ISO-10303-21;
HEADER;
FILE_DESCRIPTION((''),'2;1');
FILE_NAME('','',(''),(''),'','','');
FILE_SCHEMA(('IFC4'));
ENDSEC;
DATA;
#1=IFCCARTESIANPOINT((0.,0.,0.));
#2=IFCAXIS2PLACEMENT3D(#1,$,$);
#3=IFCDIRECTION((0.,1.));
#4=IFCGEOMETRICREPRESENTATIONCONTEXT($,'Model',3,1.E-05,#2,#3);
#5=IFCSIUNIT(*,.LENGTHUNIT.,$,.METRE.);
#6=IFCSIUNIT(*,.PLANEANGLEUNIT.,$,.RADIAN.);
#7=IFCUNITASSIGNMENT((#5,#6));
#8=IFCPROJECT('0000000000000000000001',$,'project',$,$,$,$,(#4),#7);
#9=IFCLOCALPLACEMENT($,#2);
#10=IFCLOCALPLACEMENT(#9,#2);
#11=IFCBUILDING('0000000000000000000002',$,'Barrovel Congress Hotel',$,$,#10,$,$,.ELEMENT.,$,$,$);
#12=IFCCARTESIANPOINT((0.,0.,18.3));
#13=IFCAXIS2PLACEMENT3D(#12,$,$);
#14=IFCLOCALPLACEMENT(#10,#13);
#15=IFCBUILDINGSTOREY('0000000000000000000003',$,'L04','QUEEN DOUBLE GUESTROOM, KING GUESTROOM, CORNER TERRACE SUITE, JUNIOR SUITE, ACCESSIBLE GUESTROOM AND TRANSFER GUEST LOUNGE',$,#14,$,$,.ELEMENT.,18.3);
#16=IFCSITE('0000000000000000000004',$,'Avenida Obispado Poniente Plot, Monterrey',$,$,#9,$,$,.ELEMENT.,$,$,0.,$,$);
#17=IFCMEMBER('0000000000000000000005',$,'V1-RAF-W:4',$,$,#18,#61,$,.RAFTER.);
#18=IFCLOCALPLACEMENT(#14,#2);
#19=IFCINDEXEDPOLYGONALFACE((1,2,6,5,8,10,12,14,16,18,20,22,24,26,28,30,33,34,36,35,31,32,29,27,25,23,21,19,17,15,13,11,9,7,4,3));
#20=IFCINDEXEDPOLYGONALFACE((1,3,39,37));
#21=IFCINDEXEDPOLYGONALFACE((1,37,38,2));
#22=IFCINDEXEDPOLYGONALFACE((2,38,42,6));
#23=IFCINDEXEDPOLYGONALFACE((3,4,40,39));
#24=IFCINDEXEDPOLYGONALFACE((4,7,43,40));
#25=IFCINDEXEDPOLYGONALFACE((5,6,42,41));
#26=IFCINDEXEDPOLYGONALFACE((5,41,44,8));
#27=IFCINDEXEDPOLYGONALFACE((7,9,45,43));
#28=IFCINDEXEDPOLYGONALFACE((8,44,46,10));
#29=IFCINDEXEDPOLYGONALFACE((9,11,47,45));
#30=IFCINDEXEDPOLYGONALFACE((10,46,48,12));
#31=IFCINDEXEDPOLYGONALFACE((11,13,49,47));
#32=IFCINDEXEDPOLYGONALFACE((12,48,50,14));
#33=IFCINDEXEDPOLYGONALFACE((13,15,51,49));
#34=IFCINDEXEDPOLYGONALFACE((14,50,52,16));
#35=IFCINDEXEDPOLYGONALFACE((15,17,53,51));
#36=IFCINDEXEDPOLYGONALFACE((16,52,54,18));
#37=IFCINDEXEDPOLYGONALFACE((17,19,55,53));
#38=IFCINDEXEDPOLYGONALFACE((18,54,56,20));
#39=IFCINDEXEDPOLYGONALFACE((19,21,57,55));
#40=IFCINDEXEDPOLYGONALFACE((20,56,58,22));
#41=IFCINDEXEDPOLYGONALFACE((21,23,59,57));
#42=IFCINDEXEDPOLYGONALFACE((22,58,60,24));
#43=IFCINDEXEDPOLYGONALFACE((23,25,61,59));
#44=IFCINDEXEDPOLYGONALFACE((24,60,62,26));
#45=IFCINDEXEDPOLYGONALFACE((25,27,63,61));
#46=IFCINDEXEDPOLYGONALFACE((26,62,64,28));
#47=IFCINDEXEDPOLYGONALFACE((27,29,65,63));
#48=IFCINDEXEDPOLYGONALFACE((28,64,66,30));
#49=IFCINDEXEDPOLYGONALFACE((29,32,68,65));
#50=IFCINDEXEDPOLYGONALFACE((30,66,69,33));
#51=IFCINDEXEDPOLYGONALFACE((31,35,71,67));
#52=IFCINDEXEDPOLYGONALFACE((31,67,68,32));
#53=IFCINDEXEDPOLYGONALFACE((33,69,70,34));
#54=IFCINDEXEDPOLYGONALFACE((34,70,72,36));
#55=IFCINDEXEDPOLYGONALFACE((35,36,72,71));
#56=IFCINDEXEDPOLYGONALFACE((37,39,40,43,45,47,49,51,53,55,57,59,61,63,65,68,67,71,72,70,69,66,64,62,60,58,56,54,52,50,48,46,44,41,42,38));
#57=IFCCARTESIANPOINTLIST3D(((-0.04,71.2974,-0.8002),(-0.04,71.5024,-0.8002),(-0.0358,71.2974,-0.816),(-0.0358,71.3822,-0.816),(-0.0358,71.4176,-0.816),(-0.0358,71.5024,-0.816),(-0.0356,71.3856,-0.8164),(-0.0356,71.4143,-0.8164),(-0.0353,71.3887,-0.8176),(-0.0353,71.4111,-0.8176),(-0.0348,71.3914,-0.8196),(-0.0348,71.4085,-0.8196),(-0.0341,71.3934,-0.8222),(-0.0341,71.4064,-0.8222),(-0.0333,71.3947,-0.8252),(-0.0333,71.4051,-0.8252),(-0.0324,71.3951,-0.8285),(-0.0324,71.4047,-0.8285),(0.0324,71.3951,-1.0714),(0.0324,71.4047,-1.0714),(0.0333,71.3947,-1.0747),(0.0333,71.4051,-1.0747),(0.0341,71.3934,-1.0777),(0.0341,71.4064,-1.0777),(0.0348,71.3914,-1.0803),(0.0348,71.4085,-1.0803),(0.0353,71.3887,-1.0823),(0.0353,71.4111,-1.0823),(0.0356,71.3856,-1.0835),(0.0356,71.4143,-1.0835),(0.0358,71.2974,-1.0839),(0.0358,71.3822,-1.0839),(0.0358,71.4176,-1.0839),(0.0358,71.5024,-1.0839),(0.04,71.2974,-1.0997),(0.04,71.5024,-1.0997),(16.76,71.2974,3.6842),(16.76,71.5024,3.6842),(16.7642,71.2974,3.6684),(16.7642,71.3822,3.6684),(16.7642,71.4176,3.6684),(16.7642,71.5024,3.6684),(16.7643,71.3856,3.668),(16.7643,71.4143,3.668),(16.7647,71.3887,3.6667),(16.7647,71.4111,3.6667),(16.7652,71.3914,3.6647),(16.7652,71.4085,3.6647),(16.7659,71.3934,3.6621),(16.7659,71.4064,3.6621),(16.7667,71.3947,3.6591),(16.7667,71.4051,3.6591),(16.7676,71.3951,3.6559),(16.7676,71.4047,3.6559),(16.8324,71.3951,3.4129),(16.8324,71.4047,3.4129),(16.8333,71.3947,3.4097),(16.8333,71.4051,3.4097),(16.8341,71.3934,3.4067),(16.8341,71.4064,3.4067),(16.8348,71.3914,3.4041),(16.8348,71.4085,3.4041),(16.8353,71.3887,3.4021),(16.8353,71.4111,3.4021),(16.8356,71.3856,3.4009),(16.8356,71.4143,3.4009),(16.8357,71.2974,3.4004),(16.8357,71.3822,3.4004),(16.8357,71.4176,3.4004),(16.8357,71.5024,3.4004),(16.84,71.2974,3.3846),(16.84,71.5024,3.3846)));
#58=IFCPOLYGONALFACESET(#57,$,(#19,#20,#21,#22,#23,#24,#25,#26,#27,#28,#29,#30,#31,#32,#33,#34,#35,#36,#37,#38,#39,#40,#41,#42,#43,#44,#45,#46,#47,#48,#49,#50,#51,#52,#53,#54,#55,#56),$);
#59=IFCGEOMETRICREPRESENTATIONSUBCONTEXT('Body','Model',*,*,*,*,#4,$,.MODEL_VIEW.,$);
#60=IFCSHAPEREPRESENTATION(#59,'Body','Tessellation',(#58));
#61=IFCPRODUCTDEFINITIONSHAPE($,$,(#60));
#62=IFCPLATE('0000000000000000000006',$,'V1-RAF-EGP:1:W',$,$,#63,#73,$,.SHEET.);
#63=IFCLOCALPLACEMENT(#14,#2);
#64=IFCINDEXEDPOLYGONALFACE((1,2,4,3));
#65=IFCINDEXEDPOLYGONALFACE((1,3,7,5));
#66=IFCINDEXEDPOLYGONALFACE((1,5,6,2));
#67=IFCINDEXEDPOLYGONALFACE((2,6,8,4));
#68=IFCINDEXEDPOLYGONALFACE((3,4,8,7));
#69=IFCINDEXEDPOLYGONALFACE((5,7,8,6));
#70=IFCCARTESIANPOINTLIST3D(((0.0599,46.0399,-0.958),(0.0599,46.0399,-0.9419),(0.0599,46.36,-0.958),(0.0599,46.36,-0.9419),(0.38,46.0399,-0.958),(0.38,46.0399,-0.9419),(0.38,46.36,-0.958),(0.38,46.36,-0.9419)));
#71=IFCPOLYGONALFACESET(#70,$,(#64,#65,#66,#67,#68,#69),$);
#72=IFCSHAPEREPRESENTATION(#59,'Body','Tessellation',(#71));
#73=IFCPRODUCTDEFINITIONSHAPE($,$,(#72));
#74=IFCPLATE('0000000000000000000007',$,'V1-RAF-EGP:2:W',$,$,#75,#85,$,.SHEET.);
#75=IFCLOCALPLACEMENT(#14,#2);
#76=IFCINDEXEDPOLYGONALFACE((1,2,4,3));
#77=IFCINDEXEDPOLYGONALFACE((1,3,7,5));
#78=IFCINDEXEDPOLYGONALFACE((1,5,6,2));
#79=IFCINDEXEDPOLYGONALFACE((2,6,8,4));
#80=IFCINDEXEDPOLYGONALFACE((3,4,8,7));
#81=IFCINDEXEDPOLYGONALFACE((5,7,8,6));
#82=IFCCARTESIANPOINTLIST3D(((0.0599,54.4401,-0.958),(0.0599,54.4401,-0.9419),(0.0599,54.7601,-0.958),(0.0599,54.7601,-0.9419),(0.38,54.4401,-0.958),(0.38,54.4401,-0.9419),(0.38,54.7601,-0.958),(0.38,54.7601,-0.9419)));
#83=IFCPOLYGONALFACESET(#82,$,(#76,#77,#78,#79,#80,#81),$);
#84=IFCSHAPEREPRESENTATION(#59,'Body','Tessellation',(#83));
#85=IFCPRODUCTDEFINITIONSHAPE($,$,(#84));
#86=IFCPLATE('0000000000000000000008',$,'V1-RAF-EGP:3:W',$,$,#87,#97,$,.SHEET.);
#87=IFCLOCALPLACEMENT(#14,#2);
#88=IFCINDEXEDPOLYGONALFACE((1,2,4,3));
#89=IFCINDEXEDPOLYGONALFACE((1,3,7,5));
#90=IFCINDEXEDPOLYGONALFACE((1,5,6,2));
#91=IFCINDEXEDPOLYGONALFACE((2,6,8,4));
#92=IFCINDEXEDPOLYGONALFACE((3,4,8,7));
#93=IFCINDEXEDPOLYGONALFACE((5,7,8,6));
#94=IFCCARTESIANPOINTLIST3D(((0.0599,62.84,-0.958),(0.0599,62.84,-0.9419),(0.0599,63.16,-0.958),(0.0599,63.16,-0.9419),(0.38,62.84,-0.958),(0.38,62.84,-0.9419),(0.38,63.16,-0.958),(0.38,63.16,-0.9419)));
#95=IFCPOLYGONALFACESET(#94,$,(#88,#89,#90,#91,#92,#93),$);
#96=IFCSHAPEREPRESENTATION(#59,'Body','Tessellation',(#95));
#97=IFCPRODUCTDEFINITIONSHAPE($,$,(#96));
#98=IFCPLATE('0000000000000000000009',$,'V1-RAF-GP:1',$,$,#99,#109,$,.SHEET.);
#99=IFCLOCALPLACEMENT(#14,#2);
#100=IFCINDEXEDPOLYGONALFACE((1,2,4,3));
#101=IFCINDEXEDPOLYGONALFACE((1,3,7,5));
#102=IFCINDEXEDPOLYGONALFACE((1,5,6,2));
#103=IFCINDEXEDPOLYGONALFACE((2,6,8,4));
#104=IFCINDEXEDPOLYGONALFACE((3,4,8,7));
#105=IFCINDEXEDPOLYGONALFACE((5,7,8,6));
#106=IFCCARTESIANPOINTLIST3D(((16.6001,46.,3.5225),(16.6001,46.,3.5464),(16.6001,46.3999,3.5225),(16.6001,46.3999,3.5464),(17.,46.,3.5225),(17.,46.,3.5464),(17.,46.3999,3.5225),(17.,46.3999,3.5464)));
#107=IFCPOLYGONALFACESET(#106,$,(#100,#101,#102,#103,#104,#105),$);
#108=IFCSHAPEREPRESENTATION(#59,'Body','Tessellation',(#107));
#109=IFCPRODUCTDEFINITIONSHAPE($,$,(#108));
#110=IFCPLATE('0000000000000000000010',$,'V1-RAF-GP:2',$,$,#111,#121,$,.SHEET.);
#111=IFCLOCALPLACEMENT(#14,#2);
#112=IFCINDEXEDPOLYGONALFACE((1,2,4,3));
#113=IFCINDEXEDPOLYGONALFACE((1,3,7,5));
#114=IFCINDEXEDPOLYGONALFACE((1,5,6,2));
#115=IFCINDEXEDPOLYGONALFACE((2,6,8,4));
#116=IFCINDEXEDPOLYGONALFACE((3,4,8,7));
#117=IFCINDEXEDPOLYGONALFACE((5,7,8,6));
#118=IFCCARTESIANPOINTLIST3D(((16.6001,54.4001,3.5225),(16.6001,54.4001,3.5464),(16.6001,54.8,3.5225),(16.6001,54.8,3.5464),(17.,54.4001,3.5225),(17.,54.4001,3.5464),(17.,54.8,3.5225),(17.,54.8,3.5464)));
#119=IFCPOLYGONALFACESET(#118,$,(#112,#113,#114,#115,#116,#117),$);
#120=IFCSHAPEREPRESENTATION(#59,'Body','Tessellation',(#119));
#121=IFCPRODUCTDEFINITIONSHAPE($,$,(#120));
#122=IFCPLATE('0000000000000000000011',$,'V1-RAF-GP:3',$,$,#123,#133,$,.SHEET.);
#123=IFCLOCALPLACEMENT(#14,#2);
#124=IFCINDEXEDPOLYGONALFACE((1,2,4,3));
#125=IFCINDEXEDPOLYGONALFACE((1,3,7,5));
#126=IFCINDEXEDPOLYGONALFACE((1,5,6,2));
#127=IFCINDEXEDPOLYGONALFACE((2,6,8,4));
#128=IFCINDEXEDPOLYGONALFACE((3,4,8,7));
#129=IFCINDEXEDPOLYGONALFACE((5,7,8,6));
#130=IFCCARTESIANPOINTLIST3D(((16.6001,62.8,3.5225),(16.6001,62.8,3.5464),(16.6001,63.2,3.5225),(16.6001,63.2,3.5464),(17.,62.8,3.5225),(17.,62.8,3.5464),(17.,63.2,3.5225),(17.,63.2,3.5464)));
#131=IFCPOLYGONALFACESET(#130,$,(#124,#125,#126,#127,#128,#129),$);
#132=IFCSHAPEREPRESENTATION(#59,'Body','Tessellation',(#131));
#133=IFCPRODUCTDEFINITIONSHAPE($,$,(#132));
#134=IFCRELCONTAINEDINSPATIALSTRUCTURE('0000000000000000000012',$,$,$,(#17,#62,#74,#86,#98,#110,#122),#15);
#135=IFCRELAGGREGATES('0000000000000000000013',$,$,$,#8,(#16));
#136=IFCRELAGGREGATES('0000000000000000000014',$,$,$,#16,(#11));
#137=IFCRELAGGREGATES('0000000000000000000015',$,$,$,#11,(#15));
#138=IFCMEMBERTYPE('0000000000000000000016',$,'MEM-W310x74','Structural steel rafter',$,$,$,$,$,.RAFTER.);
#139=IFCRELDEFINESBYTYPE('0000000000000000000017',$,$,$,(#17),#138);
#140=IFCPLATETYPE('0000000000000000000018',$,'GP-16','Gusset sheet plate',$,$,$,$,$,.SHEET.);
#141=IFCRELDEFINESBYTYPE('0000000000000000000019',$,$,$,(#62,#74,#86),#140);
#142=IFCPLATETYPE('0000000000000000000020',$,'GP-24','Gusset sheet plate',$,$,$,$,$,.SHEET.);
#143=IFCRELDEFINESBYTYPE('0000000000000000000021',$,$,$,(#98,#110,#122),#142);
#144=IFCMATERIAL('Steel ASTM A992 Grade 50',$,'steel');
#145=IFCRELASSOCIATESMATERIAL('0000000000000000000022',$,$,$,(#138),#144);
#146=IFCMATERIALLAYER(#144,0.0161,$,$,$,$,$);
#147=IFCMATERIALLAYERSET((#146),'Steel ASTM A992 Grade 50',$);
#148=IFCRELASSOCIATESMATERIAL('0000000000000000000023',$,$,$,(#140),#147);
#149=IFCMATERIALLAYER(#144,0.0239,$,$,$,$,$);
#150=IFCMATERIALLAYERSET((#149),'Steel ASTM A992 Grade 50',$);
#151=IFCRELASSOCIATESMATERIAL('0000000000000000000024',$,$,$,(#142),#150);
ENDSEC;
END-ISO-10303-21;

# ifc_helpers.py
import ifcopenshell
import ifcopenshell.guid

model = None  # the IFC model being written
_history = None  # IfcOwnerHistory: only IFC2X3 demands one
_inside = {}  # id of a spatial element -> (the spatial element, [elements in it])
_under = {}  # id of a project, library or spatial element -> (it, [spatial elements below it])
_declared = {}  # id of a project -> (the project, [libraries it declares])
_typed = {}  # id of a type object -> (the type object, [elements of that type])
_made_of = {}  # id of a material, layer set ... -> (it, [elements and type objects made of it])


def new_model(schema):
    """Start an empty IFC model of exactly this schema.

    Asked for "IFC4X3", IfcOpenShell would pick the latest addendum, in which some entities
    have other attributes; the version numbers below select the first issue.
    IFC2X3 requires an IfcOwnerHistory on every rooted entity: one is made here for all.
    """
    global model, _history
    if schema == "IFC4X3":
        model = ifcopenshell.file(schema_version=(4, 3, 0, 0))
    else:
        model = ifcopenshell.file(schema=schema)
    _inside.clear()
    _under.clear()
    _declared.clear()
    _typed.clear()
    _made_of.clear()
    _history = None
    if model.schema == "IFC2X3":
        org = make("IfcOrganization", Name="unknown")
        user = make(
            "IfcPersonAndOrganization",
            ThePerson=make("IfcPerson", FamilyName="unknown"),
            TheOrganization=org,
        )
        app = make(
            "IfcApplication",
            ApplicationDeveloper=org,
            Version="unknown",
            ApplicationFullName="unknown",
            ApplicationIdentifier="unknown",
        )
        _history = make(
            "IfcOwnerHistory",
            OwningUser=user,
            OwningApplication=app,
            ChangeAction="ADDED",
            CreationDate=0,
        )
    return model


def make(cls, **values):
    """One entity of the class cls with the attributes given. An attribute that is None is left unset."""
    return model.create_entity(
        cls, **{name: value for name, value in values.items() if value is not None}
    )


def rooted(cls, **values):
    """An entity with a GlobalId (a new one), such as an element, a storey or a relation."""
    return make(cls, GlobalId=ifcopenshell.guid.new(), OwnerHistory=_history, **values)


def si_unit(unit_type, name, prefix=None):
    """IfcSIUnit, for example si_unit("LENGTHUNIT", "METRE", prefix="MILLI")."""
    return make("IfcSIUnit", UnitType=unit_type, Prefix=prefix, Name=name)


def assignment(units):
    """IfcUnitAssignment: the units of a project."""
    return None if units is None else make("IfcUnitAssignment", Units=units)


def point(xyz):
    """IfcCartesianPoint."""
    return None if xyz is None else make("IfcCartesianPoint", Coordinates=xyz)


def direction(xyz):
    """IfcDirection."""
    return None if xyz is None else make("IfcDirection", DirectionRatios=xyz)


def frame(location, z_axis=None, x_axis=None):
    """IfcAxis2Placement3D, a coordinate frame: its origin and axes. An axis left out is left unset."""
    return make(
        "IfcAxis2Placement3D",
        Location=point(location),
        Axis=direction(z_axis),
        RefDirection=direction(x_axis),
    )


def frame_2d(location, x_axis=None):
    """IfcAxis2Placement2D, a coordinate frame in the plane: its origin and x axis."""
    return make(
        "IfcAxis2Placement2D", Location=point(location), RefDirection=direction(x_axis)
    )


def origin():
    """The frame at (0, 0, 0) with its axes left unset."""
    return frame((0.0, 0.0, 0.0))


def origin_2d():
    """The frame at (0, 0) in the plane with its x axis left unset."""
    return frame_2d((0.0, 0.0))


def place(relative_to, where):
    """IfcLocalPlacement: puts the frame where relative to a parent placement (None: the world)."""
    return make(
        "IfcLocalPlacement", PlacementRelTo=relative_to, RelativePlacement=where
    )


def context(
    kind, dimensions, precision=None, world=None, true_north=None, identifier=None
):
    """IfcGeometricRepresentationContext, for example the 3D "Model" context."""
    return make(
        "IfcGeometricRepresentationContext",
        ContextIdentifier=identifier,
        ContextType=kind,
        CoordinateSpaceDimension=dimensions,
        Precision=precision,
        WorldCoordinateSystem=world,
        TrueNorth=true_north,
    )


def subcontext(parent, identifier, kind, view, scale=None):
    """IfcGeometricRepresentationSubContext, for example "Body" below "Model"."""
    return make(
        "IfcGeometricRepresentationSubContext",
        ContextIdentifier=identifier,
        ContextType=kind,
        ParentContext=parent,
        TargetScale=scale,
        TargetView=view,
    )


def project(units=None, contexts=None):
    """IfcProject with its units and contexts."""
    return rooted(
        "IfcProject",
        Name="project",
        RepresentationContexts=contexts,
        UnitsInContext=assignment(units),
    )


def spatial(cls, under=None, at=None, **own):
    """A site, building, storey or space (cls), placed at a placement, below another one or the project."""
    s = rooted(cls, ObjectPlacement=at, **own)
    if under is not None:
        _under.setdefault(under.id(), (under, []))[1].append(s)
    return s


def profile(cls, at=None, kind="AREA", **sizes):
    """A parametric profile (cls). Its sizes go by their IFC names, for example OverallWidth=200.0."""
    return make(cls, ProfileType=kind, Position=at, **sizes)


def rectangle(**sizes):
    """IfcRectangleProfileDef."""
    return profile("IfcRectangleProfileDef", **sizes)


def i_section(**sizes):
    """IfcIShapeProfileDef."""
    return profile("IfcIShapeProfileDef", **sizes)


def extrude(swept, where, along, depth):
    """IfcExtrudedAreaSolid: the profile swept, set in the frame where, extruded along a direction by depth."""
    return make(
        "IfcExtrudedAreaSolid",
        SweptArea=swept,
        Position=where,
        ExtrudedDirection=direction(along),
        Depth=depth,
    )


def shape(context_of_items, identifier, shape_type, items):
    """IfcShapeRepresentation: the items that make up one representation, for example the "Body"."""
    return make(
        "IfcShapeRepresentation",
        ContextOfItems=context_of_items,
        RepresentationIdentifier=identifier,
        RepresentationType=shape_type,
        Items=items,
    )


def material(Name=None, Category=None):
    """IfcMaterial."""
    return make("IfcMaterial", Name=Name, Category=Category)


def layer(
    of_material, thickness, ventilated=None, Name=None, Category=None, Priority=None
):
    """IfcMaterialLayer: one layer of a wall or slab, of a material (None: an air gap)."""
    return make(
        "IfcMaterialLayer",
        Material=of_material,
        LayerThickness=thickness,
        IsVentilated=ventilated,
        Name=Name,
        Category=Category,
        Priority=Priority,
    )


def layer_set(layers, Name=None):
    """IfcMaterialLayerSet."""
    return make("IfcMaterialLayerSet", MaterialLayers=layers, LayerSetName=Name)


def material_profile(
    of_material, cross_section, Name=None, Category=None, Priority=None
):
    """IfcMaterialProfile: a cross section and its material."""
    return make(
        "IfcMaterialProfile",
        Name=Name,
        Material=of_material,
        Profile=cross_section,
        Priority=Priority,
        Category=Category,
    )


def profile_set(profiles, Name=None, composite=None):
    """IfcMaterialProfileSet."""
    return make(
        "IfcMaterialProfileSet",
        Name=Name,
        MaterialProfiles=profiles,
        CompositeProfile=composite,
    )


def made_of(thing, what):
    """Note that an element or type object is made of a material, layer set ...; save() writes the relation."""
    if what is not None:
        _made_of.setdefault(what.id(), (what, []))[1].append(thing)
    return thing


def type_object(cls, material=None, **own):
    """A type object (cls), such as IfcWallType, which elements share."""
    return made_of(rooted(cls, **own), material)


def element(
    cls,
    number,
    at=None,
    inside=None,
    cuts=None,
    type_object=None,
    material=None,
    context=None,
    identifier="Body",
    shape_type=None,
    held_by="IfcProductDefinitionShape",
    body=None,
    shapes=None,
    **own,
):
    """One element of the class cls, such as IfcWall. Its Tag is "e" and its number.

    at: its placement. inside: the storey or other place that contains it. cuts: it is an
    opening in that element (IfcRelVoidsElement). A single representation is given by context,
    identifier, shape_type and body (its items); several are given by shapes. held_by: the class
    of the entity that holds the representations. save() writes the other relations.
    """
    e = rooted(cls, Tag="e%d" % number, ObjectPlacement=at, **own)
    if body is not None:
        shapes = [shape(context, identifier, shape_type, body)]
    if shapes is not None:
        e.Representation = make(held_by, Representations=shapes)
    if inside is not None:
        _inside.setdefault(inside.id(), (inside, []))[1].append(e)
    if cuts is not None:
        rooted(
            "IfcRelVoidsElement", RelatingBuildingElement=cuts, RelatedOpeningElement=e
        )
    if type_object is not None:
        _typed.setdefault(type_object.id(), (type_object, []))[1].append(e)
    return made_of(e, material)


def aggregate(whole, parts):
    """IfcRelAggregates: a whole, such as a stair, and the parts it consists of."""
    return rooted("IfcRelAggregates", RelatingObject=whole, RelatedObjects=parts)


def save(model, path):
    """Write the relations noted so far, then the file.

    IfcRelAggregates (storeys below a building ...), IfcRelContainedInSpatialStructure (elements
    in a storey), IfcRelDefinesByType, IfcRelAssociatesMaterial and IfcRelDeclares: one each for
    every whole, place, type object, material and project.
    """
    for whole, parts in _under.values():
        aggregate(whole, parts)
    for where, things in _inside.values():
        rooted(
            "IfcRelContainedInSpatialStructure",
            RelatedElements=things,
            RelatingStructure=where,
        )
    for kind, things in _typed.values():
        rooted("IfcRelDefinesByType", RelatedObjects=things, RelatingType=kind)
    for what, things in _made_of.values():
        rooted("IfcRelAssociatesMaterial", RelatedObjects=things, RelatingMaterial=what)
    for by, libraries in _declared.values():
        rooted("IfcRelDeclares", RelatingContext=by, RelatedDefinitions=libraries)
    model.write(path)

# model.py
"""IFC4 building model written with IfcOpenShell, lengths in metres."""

from ifc_helpers import new_model, si_unit, direction, frame, origin, origin_2d, place, context, subcontext, project, spatial, rectangle, i_section, extrude, material, layer, layer_set, material_profile, profile_set, type_object, element, save


model = new_model("IFC4")

# Units and contexts
model_context = context("Model", 3, precision=1e-05, world=origin(), true_north=direction((0.0, 1.0)))
body_context = subcontext(model_context, "Body", "Model", "MODEL_VIEW")
ifc_project = project(units=[si_unit("LENGTHUNIT", "METRE"), si_unit("PLANEANGLEUNIT", "RADIAN")], contexts=[model_context])

# Site, building, storey
site_placement = place(None, origin())
site = spatial("IfcSite", under=ifc_project, at=site_placement, Name="Avenida Obispado Poniente Plot, Monterrey", CompositionType="ELEMENT", RefElevation=0.0)
building_placement = place(site_placement, origin())
building = spatial("IfcBuilding", under=site, at=building_placement, Name="Barrovel Congress Hotel", CompositionType="ELEMENT")
storey_placement = place(building_placement, frame((0.0, 0.0, 18.3)))
storey = spatial("IfcBuildingStorey", under=building, at=storey_placement, Name="L04", Description="QUEEN DOUBLE GUESTROOM, KING GUESTROOM, CORNER TERRACE SUITE, JUNIOR SUITE, ACCESSIBLE GUESTROOM AND TRANSFER GUEST LOUNGE", CompositionType="ELEMENT", Elevation=18.3)

# Member
ifc_material_1 = material(Name="Steel ASTM A992 Grade 50", Category="steel")
ifc_material_profile_1 = material_profile(ifc_material_1, i_section(OverallWidth=0.2051, OverallDepth=0.3101, WebThickness=0.0095, FlangeThickness=0.0164, FilletRadius=0.0129, at=origin_2d()), Name="W310x74")
ifc_profile_set_1 = profile_set([ifc_material_profile_1], Name="Steel ASTM A992 Grade 50")
member_type_1 = type_object("IfcMemberType", Name="MEM-W310x74", Description="Structural steel rafter", PredefinedType="RAFTER", material=ifc_profile_set_1)
for number, where, z_axis, x_axis, name in (
    (1, (0.0, 71.3999, -0.95), (0.966172, 0.0, 0.257897), (0.0, 1.0, 0.0), "V1-RAF-W:4"),
):
    element("IfcMember", number, at=place(storey_placement, frame(where, z_axis=z_axis, x_axis=x_axis)), inside=storey, type_object=member_type_1, Name=name, PredefinedType="RAFTER", context=body_context, shape_type="SweptSolid", body=[
        extrude(i_section(OverallWidth=0.2051, OverallDepth=0.3101, WebThickness=0.0095, FlangeThickness=0.0164, FilletRadius=0.0129, at=origin_2d()), origin(), (0.0, 0.0, 1.0), 17.3882),
    ])

# Plates
ifc_layer_1 = layer(ifc_material_1, 0.0161)
ifc_layer_set_1 = layer_set([ifc_layer_1], Name="Steel ASTM A992 Grade 50")
plate_type_1 = type_object("IfcPlateType", Name="GP-16", Description="Gusset sheet plate", PredefinedType="SHEET", material=ifc_layer_set_1)
for number, where, z_axis, x_axis, name in (
    (2, (0.22, 46.2, -0.958), (0.0, 0.0, 1.0), (1.0, 0.0, 0.0), "V1-RAF-EGP:1:W"),
    (3, (0.22, 54.6001, -0.958), (0.0, 0.0, 1.0), (1.0, 0.0, 0.0), "V1-RAF-EGP:2:W"),
    (4, (0.22, 63.0, -0.958), (0.0, 0.0, 1.0), (1.0, 0.0, 0.0), "V1-RAF-EGP:3:W"),
):
    element("IfcPlate", number, at=place(storey_placement, frame(where, z_axis=z_axis, x_axis=x_axis)), inside=storey, type_object=plate_type_1, Name=name, PredefinedType="SHEET", context=body_context, shape_type="SweptSolid", body=[
        extrude(rectangle(XDim=0.3201, YDim=0.3201, at=origin_2d()), origin(), (0.0, 0.0, 1.0), 0.0161),
    ])
ifc_layer_2 = layer(ifc_material_1, 0.0239)
ifc_layer_set_2 = layer_set([ifc_layer_2], Name="Steel ASTM A992 Grade 50")
plate_type_2 = type_object("IfcPlateType", Name="GP-24", Description="Gusset sheet plate", PredefinedType="SHEET", material=ifc_layer_set_2)
for number, where, z_axis, x_axis, name in (
    (5, (16.8, 46.2, 3.5225), (0.0, 0.0, 1.0), (1.0, 0.0, 0.0), "V1-RAF-GP:1"),
    (6, (16.8, 54.6001, 3.5225), (0.0, 0.0, 1.0), (1.0, 0.0, 0.0), "V1-RAF-GP:2"),
    (7, (16.8, 63.0, 3.5225), (0.0, 0.0, 1.0), (1.0, 0.0, 0.0), "V1-RAF-GP:3"),
):
    element("IfcPlate", number, at=place(storey_placement, frame(where, z_axis=z_axis, x_axis=x_axis)), inside=storey, type_object=plate_type_2, Name=name, PredefinedType="SHEET", context=body_context, shape_type="SweptSolid", body=[
        extrude(rectangle(XDim=0.3999, YDim=0.3999, at=origin_2d()), origin(), (0.0, 0.0, 1.0), 0.0239),
    ])

save(model, "model.ifc")
